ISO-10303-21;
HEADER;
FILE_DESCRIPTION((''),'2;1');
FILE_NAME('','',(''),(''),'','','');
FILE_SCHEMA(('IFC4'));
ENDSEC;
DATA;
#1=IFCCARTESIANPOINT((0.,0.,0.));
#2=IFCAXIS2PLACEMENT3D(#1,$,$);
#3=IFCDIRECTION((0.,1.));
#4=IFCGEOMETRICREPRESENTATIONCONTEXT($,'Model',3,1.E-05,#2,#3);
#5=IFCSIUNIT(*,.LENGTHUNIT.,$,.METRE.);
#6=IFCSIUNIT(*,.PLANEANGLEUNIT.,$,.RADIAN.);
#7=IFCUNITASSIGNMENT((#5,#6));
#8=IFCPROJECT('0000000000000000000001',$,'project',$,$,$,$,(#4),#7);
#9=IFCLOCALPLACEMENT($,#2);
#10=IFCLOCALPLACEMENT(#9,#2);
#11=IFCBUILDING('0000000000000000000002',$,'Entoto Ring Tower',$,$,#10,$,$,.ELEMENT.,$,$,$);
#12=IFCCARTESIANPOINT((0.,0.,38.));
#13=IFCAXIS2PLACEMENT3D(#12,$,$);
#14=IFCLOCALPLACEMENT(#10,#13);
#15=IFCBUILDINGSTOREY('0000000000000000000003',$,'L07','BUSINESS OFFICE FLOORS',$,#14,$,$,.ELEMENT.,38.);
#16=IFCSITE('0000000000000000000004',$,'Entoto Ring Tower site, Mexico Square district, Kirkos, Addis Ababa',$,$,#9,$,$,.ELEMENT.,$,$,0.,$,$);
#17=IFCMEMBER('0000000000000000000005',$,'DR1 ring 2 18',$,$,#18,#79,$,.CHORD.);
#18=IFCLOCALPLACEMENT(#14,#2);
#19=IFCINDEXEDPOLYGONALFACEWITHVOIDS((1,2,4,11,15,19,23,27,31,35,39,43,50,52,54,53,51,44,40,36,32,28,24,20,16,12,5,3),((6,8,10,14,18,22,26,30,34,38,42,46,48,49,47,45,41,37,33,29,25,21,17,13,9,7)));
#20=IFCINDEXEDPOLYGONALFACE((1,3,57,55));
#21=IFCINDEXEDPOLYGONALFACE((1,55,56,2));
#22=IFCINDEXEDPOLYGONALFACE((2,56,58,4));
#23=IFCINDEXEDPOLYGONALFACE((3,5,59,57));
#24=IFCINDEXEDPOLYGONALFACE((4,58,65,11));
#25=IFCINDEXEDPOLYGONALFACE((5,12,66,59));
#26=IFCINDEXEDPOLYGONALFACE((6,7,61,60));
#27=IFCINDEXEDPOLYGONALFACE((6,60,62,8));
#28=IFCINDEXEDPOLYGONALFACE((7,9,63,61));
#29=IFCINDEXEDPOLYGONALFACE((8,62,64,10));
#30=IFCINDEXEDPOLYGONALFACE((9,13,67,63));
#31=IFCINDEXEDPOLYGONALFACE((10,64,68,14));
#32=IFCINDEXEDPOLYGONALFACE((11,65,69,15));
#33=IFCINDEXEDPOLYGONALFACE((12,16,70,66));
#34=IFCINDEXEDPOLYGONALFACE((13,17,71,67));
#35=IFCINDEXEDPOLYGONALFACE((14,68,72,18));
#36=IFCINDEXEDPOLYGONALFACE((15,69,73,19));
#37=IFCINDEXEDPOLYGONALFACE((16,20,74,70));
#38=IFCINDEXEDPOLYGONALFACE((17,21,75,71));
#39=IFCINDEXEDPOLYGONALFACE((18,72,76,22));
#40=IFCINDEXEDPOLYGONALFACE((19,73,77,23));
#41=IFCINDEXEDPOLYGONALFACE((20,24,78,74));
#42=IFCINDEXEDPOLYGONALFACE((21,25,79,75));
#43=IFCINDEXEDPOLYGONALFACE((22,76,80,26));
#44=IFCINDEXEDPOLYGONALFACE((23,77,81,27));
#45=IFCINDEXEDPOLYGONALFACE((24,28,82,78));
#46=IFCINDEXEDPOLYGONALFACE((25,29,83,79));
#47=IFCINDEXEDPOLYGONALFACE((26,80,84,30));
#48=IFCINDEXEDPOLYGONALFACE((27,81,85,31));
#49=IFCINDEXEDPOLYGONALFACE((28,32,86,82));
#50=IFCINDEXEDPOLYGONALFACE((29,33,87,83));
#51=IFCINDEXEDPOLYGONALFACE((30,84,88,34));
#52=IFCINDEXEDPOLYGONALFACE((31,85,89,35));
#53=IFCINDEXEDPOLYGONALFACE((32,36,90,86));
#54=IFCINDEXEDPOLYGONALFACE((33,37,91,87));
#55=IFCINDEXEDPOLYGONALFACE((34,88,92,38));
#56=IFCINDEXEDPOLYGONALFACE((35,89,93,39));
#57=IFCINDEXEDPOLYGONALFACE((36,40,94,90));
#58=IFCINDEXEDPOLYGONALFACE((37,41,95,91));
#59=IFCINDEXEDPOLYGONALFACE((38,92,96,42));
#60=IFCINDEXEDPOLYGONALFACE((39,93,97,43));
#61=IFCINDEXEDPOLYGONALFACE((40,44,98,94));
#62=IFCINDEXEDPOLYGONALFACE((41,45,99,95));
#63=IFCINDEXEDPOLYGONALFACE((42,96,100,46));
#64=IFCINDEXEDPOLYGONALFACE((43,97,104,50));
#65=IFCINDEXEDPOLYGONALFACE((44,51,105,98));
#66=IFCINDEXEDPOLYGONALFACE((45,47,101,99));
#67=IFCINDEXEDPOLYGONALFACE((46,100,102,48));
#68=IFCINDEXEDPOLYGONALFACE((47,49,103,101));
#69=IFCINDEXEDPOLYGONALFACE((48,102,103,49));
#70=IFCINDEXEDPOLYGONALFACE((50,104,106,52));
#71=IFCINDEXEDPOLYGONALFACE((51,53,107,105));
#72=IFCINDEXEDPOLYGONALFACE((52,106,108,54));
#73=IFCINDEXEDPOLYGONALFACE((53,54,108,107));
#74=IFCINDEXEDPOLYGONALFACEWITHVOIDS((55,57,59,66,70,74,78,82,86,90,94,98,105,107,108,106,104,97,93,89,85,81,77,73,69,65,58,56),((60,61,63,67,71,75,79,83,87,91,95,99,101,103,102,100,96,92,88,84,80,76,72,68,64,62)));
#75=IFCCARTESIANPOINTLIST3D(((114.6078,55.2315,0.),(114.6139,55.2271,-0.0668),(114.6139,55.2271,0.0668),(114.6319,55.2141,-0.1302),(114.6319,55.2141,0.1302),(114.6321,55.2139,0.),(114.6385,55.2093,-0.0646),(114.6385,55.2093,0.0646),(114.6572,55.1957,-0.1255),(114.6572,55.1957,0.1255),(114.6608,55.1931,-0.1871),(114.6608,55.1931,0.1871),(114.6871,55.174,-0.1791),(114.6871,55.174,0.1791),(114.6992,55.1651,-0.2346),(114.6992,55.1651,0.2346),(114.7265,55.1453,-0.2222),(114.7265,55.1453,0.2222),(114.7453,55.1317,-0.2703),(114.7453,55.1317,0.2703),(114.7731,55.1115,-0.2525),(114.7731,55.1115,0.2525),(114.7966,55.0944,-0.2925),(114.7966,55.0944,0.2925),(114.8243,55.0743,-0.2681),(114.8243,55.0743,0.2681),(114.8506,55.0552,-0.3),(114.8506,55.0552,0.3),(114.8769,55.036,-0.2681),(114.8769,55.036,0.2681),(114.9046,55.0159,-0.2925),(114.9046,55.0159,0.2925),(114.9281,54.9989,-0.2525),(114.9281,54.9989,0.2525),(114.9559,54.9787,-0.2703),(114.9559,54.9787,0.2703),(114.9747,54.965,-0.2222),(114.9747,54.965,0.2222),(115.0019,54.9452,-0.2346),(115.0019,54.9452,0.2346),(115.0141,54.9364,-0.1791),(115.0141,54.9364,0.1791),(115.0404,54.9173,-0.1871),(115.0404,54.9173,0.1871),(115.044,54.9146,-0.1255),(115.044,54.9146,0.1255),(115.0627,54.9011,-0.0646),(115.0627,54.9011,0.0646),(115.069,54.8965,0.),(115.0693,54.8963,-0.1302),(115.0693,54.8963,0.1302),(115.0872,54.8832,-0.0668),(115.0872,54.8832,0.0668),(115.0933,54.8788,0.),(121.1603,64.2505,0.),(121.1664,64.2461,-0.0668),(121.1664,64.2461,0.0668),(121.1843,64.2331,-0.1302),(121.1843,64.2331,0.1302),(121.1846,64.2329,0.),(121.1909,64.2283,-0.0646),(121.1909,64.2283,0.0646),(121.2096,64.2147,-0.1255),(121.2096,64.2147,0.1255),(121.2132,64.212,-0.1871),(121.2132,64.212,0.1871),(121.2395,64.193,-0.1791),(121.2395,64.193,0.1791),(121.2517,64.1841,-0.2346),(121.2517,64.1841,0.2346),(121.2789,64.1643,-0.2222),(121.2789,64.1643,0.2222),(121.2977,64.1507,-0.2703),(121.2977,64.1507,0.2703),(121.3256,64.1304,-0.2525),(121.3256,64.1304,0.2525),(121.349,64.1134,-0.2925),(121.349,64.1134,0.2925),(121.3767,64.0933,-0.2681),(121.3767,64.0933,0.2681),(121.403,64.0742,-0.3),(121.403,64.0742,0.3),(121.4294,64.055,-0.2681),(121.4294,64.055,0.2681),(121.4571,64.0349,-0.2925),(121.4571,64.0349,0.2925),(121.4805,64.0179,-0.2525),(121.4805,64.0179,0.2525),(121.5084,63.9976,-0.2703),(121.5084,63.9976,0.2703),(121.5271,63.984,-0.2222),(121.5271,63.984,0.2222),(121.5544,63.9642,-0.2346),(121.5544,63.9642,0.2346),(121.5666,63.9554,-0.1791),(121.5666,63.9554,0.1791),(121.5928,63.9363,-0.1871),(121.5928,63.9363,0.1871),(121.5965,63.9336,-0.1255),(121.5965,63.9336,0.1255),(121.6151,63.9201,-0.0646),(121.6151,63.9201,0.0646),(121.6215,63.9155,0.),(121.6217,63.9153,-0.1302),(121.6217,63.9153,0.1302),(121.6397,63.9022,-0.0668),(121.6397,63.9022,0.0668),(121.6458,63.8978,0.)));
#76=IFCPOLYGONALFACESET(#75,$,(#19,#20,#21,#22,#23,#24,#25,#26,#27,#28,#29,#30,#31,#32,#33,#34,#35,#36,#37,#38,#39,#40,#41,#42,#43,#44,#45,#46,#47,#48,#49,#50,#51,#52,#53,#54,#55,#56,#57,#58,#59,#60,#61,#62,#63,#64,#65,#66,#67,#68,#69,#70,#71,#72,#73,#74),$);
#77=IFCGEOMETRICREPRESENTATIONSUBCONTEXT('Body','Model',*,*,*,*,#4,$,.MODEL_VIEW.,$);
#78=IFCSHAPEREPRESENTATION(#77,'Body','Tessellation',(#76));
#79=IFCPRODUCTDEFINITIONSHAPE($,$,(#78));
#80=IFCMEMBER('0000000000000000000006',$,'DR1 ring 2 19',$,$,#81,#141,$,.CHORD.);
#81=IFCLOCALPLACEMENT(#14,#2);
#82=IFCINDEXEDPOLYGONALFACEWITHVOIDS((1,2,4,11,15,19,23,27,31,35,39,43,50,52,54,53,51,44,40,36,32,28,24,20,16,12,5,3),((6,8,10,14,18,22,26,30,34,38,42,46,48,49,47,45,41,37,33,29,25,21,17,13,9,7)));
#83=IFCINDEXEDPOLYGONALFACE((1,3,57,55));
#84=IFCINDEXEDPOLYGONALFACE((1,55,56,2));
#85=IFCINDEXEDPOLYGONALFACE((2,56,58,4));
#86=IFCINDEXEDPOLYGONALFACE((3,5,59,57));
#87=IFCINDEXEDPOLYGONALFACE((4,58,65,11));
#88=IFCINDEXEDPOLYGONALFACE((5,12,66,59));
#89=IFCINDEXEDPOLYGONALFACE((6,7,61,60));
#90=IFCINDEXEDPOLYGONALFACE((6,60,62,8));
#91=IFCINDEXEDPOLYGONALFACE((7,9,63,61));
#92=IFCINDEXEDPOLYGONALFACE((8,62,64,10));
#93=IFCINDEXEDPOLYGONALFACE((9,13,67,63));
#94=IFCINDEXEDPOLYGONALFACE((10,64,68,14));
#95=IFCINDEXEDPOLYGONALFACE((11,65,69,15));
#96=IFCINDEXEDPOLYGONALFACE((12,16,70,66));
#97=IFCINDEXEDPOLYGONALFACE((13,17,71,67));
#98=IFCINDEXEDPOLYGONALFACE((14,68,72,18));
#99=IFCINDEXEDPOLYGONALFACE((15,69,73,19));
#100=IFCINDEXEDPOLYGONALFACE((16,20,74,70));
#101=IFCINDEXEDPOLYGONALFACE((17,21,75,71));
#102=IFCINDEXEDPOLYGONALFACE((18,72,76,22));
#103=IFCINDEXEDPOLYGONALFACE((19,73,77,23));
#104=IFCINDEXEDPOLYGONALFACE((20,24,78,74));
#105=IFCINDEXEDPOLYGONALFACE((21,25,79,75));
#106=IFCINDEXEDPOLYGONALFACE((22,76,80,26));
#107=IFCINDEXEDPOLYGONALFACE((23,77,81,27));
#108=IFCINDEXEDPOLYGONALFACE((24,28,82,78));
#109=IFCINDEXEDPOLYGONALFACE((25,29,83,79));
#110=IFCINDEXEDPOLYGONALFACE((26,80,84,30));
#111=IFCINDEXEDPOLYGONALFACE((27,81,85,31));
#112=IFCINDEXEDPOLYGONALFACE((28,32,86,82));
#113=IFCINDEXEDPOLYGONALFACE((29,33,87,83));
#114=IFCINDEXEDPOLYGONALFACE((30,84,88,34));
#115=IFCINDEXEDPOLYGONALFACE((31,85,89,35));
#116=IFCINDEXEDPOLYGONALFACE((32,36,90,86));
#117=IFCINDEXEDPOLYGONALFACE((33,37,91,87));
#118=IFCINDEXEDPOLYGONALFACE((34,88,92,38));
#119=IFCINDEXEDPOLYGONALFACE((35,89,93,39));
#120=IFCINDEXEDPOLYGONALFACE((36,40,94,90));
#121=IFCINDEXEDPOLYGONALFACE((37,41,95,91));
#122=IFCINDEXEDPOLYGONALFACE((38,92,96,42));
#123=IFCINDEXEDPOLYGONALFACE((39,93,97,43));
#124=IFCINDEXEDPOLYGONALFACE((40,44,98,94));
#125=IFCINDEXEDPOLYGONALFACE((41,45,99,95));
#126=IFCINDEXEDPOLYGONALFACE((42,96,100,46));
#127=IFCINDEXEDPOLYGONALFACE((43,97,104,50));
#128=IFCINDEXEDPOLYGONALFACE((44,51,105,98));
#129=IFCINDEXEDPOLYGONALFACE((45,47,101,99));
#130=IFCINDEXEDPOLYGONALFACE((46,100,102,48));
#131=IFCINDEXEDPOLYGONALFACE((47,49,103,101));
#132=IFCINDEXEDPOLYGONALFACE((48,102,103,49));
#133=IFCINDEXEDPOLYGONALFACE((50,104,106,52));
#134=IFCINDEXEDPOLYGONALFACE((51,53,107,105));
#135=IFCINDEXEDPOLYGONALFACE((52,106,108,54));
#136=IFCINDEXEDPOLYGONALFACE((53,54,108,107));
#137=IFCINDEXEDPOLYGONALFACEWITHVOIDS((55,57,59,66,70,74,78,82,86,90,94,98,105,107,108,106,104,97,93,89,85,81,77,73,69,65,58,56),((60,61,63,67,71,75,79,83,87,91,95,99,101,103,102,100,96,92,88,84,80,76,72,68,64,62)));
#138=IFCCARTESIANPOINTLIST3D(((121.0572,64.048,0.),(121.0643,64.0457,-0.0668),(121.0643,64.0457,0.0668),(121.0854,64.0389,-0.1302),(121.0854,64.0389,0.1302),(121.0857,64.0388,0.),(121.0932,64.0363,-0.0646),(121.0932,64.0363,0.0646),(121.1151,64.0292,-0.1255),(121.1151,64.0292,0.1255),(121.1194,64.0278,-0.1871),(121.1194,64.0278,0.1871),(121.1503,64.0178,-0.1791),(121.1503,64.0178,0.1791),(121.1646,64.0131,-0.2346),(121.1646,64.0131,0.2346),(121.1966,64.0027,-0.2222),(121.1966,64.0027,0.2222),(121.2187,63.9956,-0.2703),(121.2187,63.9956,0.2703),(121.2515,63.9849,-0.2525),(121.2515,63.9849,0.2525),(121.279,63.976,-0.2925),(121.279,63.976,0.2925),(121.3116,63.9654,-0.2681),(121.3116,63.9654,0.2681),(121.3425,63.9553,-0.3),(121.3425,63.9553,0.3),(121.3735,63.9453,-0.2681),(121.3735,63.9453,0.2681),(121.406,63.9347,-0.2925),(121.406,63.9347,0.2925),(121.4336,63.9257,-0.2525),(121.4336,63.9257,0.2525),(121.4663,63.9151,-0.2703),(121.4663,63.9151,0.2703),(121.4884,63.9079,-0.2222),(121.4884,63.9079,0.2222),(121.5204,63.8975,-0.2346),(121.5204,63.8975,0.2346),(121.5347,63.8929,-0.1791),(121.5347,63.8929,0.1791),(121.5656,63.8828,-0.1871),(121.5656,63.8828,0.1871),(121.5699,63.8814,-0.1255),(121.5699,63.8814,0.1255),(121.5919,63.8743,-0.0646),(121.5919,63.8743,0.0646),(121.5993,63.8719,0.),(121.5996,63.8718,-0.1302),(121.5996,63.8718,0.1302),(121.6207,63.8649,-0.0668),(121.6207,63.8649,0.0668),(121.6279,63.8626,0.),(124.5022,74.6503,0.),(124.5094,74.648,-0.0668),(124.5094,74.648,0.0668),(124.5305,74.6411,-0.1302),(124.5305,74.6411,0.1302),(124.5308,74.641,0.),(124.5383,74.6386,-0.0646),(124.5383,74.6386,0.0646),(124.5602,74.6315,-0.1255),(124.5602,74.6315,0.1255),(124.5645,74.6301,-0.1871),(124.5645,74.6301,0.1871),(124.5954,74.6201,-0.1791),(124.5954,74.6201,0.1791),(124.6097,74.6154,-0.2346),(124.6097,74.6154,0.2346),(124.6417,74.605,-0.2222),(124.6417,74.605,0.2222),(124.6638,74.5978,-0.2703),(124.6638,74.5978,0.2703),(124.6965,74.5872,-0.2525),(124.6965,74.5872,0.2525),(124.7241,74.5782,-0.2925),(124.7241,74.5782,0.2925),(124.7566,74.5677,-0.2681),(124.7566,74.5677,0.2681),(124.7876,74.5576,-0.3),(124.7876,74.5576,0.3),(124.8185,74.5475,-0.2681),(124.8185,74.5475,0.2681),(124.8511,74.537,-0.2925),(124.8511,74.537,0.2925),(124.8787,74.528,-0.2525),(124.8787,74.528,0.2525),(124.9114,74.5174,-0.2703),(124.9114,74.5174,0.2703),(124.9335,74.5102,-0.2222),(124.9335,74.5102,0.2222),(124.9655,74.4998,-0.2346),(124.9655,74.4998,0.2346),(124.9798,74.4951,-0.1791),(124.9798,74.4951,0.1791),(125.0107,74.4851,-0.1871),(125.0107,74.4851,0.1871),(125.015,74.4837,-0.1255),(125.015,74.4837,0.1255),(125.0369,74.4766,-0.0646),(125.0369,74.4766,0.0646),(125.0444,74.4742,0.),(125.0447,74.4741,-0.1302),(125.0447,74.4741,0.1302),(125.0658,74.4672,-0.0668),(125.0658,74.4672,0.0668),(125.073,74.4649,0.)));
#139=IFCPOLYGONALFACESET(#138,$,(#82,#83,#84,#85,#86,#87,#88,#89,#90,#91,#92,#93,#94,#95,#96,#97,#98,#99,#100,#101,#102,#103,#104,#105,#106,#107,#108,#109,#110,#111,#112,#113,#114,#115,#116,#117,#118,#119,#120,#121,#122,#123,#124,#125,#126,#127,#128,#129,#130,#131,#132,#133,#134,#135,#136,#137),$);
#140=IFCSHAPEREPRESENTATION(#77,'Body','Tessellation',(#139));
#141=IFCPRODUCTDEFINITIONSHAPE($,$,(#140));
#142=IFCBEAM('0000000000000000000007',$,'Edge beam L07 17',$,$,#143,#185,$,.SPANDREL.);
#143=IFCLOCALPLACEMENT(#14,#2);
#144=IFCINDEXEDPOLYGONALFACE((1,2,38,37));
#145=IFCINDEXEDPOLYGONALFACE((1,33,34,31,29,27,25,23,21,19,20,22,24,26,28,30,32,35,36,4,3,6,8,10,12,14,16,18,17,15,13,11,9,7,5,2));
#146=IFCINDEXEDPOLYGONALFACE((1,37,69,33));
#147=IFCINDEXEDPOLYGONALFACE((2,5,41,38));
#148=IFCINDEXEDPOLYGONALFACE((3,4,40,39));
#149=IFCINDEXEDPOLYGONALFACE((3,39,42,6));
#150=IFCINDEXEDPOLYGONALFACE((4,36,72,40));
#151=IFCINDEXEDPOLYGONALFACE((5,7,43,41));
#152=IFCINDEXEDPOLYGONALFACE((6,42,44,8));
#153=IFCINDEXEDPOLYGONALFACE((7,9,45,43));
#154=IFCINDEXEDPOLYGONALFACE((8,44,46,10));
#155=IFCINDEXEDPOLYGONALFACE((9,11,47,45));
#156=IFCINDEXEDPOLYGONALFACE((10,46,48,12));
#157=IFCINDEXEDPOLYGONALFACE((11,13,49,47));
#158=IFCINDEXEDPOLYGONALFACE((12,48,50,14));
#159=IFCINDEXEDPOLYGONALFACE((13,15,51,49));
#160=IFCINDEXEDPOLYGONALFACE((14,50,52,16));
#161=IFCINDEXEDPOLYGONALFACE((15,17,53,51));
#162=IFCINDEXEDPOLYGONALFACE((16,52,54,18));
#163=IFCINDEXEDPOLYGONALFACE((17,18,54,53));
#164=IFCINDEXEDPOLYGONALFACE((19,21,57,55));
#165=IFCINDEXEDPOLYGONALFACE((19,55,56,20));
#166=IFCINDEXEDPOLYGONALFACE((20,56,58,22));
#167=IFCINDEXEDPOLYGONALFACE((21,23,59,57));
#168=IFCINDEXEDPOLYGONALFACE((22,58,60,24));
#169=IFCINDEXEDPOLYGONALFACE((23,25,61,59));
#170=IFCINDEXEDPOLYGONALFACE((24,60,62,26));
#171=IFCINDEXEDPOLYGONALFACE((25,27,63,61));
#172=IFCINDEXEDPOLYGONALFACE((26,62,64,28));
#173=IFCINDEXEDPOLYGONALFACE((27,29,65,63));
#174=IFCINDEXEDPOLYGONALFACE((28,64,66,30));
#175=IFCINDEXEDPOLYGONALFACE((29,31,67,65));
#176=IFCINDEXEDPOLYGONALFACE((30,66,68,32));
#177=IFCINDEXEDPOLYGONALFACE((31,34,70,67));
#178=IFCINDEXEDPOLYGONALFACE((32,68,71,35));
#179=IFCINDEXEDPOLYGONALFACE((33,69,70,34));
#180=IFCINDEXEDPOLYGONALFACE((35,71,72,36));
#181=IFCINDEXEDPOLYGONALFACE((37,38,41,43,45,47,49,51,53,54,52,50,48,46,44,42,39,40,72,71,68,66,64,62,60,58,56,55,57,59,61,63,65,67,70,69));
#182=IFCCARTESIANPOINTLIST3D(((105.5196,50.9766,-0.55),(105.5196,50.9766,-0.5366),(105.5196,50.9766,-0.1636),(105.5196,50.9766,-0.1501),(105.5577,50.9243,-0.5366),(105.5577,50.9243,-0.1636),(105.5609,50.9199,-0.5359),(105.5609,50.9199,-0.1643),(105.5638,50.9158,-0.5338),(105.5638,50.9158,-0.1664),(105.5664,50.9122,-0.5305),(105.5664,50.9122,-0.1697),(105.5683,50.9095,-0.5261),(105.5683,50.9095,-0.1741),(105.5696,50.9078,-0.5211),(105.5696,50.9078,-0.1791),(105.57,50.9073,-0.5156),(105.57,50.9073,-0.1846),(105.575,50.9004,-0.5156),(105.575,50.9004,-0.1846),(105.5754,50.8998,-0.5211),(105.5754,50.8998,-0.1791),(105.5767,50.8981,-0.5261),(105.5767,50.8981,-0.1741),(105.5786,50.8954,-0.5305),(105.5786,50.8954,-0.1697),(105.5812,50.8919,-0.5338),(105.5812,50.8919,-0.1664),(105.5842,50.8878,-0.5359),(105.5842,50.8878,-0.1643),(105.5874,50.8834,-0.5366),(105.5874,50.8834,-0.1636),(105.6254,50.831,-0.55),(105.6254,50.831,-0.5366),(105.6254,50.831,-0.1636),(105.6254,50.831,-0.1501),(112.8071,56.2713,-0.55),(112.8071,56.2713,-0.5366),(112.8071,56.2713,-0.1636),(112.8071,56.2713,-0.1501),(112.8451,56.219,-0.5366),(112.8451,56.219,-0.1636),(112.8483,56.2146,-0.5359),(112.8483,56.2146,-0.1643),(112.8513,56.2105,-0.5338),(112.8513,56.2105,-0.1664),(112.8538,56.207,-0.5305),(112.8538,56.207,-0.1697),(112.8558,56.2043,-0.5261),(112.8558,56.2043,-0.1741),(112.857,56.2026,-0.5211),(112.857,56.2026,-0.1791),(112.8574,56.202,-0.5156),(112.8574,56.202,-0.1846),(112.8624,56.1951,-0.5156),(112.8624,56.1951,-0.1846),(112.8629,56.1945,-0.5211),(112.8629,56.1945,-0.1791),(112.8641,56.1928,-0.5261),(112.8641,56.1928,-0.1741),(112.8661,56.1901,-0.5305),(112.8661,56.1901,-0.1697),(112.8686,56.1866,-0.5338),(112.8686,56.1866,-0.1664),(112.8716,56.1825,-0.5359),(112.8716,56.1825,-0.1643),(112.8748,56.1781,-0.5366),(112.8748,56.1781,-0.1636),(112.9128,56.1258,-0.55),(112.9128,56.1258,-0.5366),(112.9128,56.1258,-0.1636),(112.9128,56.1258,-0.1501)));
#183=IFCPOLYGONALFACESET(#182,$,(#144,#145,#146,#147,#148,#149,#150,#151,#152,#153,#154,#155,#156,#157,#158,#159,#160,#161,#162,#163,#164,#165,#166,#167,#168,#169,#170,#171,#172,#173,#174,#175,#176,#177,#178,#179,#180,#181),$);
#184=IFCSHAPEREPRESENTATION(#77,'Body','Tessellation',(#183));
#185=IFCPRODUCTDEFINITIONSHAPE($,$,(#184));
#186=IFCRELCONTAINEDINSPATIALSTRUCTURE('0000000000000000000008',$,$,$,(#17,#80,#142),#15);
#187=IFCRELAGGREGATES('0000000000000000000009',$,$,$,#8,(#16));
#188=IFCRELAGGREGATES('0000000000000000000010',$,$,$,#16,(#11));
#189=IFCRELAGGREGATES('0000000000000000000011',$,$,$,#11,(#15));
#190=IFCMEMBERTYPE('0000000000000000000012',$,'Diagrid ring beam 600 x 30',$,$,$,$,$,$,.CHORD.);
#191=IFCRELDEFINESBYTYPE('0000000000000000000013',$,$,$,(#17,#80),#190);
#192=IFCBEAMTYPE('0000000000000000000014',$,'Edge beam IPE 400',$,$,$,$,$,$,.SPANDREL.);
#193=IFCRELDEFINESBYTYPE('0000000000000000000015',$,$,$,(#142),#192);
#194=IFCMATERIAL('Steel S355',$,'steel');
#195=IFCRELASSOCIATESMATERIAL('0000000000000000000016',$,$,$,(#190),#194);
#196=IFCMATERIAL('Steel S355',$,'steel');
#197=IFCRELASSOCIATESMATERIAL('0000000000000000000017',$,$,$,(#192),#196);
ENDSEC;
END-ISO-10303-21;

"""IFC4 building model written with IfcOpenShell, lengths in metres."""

from ifc_helpers import new_model, si_unit, direction, frame, origin, origin_2d, place, context, subcontext, project, spatial, circle, hollow_circle, i_section, extrude, material, material_profile, profile_set, type_object, element, save


model = new_model("IFC4")

# Units and contexts
model_context = context("Model", 3, precision=1e-05, world=origin(), true_north=direction((0.0, 1.0)))
body_context = subcontext(model_context, "Body", "Model", "MODEL_VIEW")
ifc_project = project(units=[si_unit("LENGTHUNIT", "METRE"), si_unit("PLANEANGLEUNIT", "RADIAN")], contexts=[model_context])

# Site, building, storey
site_placement = place(None, origin())
site = spatial("IfcSite", under=ifc_project, at=site_placement, Name="Entoto Ring Tower site, Mexico Square district, Kirkos, Addis Ababa", CompositionType="ELEMENT", RefElevation=0.0)
building_placement = place(site_placement, origin())
building = spatial("IfcBuilding", under=site, at=building_placement, Name="Entoto Ring Tower", CompositionType="ELEMENT")
storey_placement = place(building_placement, frame((0.0, 0.0, 38.0)))
storey = spatial("IfcBuildingStorey", under=building, at=storey_placement, Name="L07", Description="BUSINESS OFFICE FLOORS", CompositionType="ELEMENT", Elevation=38.0)

# Members
ifc_material_1 = material(Name="Steel S355", Category="steel")
ifc_material_profile_1 = material_profile(ifc_material_1, hollow_circle(Radius=0.3, WallThickness=0.03, at=origin_2d()), Name="CHS 600 x 30")
ifc_material_2 = material(Name="Concrete C60/75", Category="concrete")
ifc_material_profile_2 = material_profile(ifc_material_2, circle(Radius=0.27, at=origin_2d()), Name="Concrete C60/75 infill")
ifc_profile_set_1 = profile_set([ifc_material_profile_1, ifc_material_profile_2], Name="Steel S355")
member_type_1 = type_object("IfcMemberType", Name="Diagrid ring beam 600 x 30", PredefinedType="CHORD", material=ifc_profile_set_1)
for number, where, z_axis, x_axis, name in (
    (1, (114.8506, 55.0552, 0.0), (0.587772, 0.809027, 0.0), (-0.809027, 0.587772, 0.0), "DR1 ring 2 18"),
    (2, (121.3425, 63.9553, 0.0), (0.309031, 0.951052, 0.0), (-0.951052, 0.309031, 0.0), "DR1 ring 2 19"),
):
    element("IfcMember", number, at=place(storey_placement, frame(where, z_axis=z_axis, x_axis=x_axis)), inside=storey, type_object=member_type_1, Name=name, PredefinedType="CHORD", context=body_context, shape_type="SweptSolid", body=[
        extrude(hollow_circle(Radius=0.3, WallThickness=0.03, at=origin_2d()), origin(), (0.0, 0.0, 1.0), 11.1479),
    ])

# Beam
ifc_material_3 = material(Name="Steel S355", Category="steel")
ifc_material_profile_3 = material_profile(ifc_material_3, i_section(OverallWidth=0.1799, OverallDepth=0.3999, WebThickness=0.0085, FlangeThickness=0.0134, FilletRadius=0.021, at=origin_2d()), Name="IPE 400")
ifc_profile_set_2 = profile_set([ifc_material_profile_3], Name="Steel S355")
beam_type = type_object("IfcBeamType", Name="Edge beam IPE 400", PredefinedType="SPANDREL", material=ifc_profile_set_2)
for number, where, z_axis, x_axis, name in (
    (3, (105.5725, 50.9038, -0.3501), (0.809011, 0.587793, 0.0), (-0.587793, 0.809011, 0.0), "Edge beam L07 17"),
):
    element("IfcBeam", number, at=place(storey_placement, frame(where, z_axis=z_axis, x_axis=x_axis)), inside=storey, type_object=beam_type, Name=name, PredefinedType="SPANDREL", context=body_context, shape_type="SweptSolid", body=[
        extrude(i_section(OverallWidth=0.1799, OverallDepth=0.3999, WebThickness=0.0085, FlangeThickness=0.0134, FilletRadius=0.021, at=origin_2d()), origin(), (0.0, 0.0, 1.0), 9.0078),
    ])

save(model, "model.ifc")
